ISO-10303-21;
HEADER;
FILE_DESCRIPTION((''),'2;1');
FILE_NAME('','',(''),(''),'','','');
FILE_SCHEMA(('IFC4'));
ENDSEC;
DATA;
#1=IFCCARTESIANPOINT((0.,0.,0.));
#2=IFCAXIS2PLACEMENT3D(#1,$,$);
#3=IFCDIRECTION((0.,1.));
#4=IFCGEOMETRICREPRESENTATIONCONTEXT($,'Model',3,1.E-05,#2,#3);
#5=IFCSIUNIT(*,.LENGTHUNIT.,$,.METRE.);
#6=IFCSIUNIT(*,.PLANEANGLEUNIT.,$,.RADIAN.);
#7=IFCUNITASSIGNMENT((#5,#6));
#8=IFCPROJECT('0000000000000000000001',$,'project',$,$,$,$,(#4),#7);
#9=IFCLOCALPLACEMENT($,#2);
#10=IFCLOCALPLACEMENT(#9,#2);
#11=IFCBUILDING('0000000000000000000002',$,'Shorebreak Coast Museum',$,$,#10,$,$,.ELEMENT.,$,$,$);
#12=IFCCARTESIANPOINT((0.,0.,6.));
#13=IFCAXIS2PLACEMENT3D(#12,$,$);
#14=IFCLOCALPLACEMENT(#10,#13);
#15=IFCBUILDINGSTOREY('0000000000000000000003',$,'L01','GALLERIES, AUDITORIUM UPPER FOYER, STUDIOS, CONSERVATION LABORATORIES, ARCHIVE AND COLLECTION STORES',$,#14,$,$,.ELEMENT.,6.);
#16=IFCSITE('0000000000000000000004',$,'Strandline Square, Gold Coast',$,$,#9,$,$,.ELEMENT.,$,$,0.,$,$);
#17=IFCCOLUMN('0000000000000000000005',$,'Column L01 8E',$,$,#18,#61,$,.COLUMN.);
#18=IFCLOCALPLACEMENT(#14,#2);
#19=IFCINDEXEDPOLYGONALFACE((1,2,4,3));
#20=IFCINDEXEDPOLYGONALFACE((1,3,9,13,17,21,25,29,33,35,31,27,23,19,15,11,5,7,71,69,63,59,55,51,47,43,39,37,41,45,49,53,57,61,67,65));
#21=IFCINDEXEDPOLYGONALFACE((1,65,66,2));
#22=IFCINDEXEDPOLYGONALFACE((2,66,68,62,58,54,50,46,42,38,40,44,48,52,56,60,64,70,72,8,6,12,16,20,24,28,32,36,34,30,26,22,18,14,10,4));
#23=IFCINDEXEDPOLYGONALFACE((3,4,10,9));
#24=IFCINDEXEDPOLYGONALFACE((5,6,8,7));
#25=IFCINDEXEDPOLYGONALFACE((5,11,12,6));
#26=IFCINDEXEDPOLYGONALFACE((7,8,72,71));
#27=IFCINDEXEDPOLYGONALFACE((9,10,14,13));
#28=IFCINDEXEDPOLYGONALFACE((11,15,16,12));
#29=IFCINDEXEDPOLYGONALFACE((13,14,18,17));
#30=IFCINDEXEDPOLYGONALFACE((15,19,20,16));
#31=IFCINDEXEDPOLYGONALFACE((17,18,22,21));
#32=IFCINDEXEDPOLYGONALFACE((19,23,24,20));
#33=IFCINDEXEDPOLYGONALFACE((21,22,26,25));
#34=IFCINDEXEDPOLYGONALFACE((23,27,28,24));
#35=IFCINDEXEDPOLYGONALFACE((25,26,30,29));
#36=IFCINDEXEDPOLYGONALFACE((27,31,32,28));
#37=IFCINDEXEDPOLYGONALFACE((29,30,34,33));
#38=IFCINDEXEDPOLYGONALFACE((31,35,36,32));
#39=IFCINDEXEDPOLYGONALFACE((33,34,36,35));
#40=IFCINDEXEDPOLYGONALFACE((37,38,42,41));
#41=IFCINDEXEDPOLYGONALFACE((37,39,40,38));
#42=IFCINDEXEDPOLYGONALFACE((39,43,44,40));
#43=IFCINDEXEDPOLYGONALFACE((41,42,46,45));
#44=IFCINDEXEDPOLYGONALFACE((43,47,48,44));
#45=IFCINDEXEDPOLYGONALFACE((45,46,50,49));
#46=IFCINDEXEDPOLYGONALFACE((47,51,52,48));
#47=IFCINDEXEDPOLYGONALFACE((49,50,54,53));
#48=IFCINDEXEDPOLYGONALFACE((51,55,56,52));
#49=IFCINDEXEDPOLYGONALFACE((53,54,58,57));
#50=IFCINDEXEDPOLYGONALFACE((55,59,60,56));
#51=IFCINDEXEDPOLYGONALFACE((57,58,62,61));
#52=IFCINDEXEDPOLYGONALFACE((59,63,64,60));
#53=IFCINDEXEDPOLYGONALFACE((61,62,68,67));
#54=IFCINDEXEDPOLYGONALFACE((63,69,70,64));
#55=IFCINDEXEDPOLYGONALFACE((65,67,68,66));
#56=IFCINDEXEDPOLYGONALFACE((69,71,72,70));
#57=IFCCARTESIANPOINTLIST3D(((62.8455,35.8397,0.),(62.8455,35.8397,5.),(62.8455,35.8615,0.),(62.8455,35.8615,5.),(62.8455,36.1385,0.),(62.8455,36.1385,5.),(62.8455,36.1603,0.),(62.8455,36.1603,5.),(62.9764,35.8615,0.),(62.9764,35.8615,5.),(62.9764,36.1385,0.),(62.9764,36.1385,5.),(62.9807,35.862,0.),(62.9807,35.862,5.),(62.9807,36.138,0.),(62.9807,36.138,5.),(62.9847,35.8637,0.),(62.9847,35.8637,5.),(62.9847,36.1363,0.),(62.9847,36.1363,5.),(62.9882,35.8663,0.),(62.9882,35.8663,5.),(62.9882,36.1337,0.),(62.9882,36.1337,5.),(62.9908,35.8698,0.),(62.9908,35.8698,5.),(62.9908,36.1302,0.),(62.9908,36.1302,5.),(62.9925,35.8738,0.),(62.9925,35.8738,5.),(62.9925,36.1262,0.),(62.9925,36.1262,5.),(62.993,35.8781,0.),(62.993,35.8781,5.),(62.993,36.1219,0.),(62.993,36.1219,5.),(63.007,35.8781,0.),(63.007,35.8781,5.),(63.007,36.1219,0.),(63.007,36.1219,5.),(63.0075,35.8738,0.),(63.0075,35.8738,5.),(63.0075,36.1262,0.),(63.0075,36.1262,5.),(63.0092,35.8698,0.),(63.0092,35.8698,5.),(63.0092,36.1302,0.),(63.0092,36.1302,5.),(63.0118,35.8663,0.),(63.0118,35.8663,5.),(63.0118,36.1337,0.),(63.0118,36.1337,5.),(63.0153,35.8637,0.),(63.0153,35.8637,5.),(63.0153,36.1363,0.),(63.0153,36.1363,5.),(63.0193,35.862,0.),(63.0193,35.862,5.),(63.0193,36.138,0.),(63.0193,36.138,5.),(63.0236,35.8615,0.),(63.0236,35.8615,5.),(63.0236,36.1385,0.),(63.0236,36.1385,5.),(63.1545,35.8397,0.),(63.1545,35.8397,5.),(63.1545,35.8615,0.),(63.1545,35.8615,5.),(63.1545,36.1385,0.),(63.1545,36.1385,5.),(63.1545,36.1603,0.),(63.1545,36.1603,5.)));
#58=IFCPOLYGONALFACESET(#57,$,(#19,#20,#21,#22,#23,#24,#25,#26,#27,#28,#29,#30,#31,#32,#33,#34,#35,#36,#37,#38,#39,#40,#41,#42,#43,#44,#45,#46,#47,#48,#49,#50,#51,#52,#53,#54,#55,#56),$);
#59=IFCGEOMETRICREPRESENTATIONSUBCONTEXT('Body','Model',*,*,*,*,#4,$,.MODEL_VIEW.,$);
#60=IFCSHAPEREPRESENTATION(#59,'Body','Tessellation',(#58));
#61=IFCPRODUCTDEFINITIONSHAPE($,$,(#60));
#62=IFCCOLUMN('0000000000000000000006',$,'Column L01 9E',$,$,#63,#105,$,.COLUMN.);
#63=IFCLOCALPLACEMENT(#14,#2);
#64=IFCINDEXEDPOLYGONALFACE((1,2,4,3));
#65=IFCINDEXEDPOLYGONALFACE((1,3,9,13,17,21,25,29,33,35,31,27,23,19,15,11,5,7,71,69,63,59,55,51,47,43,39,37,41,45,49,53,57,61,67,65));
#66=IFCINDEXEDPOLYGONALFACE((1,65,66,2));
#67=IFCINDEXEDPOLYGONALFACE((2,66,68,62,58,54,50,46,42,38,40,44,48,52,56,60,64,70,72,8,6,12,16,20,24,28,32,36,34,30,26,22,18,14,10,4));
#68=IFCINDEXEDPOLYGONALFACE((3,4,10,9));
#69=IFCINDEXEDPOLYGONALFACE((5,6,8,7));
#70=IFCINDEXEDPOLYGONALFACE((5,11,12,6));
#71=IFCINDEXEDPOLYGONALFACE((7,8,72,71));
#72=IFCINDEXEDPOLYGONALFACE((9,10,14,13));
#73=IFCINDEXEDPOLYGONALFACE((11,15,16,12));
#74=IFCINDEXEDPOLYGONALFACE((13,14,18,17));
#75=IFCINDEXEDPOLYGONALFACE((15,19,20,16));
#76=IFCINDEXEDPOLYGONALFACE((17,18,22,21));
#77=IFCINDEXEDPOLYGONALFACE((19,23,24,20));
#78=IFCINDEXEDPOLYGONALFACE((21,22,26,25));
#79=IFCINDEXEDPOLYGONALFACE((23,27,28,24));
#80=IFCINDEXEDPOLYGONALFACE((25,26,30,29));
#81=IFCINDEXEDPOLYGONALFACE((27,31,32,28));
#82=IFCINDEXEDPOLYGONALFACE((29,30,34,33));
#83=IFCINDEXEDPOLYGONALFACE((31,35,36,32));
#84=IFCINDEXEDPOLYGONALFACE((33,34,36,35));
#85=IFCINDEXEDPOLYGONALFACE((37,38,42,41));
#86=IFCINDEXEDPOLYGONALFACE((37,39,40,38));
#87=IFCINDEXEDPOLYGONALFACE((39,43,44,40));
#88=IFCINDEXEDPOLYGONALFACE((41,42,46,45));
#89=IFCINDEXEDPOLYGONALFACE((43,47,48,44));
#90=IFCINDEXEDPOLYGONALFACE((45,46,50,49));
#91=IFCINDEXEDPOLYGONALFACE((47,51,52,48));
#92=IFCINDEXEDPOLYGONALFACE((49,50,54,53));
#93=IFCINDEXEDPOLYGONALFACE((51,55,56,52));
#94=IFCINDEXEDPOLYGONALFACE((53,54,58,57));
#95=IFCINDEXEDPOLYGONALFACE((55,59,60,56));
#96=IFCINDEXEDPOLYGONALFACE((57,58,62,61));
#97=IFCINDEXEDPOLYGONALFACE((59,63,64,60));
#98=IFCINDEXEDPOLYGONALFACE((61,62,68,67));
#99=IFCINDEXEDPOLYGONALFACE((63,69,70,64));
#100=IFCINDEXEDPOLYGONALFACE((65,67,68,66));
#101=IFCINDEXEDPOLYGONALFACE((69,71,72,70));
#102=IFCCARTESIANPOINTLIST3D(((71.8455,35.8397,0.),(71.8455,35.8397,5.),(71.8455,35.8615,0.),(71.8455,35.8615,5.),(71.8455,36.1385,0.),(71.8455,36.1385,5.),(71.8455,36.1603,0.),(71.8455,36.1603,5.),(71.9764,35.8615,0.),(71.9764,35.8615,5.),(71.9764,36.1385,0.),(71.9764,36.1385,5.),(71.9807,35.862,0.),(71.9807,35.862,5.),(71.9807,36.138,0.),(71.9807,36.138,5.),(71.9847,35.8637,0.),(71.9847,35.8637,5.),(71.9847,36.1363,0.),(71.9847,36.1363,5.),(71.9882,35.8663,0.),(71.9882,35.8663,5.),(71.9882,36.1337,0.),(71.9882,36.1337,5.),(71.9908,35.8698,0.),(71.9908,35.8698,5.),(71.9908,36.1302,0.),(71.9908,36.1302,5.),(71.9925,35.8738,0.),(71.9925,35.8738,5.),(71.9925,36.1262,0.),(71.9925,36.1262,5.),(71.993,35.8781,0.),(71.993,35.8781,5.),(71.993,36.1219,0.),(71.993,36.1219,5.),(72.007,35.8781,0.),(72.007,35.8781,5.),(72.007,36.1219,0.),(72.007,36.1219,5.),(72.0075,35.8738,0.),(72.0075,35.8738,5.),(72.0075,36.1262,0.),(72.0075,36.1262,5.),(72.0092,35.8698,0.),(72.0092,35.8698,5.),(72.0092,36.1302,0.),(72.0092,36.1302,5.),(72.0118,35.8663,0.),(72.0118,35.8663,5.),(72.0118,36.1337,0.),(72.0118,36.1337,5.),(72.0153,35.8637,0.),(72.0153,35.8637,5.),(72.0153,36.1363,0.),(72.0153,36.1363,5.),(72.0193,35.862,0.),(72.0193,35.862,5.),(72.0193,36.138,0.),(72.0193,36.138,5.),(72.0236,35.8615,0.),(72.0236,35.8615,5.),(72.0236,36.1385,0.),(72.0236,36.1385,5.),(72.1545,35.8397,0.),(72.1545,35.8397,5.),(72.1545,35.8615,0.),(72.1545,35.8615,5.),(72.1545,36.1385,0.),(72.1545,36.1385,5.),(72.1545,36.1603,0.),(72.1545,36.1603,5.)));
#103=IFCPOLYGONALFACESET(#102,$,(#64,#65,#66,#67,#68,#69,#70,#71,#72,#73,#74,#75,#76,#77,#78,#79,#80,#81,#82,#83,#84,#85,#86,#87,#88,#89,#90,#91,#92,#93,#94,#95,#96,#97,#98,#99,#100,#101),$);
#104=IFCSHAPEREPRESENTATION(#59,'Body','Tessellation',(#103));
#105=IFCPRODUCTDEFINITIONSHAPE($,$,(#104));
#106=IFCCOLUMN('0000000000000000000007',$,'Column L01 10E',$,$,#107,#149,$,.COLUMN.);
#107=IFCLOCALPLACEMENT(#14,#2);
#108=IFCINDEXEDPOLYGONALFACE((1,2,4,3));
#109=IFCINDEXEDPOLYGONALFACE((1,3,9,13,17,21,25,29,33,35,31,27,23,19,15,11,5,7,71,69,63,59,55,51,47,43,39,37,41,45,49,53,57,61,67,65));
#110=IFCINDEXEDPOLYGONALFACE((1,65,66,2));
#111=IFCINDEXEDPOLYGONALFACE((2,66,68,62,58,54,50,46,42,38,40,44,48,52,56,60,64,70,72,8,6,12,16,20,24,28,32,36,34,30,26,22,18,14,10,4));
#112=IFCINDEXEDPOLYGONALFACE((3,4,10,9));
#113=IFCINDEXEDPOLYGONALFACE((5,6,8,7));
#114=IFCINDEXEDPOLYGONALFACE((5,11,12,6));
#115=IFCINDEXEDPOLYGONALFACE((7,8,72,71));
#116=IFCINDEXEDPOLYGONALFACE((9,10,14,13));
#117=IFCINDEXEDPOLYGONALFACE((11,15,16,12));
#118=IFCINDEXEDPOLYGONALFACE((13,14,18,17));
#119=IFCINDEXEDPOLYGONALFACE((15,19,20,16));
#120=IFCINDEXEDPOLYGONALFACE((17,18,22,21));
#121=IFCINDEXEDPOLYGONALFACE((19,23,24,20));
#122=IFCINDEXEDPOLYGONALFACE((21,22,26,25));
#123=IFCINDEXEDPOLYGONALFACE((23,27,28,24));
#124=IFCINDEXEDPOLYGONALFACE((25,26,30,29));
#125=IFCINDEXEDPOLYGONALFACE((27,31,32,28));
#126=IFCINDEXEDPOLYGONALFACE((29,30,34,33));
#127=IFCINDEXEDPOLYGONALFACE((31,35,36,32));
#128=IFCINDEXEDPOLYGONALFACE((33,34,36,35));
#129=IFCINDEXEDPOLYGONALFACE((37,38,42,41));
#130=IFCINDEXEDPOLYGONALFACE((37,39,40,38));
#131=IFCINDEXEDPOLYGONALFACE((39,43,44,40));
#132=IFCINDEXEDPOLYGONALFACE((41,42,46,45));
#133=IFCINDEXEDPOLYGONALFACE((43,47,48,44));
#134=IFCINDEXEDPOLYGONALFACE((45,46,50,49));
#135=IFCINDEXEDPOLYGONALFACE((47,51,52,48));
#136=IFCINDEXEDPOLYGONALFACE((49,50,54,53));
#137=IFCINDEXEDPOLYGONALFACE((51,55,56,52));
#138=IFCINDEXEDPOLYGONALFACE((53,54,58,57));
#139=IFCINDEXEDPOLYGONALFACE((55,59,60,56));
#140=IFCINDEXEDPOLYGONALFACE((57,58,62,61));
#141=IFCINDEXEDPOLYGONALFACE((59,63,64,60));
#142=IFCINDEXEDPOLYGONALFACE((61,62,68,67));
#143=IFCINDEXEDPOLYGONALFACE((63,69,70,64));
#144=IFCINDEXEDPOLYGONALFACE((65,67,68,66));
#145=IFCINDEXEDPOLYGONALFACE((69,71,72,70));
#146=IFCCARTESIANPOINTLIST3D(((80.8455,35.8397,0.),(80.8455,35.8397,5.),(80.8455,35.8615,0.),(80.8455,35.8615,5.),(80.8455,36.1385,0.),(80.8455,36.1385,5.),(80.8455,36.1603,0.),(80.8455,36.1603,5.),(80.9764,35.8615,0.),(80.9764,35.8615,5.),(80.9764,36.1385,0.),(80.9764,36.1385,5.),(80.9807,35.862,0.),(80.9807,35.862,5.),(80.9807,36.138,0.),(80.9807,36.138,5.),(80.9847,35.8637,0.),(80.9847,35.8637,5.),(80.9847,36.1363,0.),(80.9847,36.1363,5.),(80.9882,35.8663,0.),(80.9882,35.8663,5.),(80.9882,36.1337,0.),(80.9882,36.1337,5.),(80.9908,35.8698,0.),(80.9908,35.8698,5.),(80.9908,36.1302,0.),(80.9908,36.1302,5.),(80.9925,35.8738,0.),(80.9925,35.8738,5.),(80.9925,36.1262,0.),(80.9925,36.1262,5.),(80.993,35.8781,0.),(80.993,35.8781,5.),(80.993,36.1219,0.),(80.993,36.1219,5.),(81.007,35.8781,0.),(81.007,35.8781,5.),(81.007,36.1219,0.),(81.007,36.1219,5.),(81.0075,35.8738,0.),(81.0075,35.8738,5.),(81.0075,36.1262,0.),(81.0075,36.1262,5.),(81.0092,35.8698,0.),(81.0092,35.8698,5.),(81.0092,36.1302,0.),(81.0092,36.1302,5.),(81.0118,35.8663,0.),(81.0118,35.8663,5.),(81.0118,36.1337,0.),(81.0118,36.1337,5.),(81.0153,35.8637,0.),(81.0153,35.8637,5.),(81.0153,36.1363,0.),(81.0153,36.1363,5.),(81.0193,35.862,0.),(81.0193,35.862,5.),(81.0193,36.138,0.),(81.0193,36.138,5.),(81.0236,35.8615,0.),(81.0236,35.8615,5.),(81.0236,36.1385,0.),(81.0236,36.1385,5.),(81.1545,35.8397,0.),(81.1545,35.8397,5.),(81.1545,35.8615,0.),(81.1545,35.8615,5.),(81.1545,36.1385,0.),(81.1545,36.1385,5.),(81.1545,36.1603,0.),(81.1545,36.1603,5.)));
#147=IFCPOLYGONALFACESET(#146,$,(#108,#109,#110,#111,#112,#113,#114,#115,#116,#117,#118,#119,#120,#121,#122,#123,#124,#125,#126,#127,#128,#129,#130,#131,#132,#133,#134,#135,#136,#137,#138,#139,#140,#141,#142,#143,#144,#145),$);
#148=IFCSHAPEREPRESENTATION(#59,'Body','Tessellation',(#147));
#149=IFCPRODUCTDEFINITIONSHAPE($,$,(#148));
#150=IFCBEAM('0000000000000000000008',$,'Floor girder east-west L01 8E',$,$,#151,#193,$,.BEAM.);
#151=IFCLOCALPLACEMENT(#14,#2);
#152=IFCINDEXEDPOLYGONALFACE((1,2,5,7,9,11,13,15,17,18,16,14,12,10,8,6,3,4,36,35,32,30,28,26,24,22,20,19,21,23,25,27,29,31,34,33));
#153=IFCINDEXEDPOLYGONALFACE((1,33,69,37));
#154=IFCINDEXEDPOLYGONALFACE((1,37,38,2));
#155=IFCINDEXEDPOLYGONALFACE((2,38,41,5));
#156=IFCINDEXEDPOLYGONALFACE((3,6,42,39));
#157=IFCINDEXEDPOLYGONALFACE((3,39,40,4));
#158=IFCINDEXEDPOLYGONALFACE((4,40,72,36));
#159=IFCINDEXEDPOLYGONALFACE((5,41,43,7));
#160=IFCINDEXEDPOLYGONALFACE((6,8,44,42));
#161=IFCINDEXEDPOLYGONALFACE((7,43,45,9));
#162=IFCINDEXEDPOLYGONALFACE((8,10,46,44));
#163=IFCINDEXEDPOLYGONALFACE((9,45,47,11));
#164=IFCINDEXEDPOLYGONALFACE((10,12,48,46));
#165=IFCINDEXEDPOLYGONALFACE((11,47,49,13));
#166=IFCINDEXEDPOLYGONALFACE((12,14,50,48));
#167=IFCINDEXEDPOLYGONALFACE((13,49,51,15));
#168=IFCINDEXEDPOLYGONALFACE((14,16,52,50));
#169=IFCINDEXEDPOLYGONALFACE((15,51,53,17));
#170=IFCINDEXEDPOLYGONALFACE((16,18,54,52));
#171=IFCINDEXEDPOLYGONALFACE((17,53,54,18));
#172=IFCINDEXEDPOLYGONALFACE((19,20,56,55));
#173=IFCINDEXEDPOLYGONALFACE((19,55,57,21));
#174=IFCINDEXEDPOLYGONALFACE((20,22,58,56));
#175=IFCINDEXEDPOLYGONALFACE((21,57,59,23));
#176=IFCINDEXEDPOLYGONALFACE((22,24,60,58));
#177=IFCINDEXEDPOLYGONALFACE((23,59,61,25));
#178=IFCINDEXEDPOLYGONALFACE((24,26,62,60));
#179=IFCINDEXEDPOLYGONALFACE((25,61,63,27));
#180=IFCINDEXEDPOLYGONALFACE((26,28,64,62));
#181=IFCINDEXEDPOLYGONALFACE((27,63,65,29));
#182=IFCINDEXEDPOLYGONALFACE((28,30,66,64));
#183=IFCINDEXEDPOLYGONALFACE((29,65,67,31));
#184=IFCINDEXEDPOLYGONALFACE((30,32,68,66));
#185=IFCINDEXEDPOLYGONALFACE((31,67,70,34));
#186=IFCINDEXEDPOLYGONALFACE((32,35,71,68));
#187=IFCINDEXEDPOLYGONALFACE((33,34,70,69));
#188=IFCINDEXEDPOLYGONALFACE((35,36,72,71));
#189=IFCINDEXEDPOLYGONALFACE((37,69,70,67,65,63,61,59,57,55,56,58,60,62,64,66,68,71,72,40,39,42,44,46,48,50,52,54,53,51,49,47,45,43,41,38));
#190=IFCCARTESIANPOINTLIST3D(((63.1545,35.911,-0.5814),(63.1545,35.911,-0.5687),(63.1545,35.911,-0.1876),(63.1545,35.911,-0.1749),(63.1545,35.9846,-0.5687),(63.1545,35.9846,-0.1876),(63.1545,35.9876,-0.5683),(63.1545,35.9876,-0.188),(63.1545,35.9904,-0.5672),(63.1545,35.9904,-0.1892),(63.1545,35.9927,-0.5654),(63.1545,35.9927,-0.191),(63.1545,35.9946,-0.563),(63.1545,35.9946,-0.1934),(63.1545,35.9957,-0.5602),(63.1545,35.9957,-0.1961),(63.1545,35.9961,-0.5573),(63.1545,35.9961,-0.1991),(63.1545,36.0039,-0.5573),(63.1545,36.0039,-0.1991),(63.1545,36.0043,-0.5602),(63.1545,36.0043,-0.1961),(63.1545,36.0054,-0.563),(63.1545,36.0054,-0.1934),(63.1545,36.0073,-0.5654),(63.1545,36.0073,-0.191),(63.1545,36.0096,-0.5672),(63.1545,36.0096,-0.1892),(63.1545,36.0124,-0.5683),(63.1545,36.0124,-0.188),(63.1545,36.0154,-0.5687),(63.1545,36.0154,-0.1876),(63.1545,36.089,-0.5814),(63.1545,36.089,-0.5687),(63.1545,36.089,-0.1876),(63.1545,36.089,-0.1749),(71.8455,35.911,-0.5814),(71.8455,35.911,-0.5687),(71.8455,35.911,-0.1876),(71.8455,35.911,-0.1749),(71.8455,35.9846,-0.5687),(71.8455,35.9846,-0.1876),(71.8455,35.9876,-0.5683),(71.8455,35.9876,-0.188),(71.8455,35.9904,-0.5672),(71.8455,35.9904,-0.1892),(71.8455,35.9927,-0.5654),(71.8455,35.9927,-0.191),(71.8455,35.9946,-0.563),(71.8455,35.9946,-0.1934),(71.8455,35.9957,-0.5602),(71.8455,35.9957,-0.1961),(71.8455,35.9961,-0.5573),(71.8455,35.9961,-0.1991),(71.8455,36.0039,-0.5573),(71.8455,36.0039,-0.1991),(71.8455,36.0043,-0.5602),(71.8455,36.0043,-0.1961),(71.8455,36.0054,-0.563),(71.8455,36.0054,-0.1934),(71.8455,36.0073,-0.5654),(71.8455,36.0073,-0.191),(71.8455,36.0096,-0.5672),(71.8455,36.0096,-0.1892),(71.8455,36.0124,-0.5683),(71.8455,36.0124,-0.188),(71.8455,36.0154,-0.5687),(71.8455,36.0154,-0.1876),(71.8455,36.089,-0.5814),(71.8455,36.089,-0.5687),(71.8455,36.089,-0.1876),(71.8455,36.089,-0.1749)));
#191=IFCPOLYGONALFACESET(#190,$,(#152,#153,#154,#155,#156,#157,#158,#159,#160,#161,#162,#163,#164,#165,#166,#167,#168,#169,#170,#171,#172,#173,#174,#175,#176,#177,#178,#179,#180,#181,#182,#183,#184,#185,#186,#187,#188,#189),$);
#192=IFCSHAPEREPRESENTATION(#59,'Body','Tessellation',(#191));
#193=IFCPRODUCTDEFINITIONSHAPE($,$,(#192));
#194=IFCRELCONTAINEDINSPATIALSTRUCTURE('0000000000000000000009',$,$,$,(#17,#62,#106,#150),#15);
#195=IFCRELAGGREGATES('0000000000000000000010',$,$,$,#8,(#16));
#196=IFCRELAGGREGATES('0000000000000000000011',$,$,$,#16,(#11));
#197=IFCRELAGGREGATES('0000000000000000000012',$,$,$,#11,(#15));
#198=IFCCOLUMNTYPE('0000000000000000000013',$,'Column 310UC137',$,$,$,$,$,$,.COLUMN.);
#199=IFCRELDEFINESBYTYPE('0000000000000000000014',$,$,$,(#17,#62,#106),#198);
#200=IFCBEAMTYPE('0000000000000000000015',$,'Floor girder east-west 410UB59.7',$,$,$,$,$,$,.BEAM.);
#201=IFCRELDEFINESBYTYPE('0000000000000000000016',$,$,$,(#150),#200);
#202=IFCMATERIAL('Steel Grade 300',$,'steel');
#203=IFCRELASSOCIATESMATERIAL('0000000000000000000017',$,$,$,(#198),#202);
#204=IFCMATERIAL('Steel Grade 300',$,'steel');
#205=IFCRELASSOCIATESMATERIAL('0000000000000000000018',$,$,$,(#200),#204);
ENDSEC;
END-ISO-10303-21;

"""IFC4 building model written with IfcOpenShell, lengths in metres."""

from ifc_helpers import new_model, si_unit, direction, frame, origin, origin_2d, place, context, subcontext, project, spatial, i_section, extrude, material, material_profile, profile_set, type_object, element, save


model = new_model("IFC4")

# Units and contexts
model_context = context("Model", 3, precision=1e-05, world=origin(), true_north=direction((0.0, 1.0)))
body_context = subcontext(model_context, "Body", "Model", "MODEL_VIEW")
ifc_project = project(units=[si_unit("LENGTHUNIT", "METRE"), si_unit("PLANEANGLEUNIT", "RADIAN")], contexts=[model_context])

# Site, building, storey
site_placement = place(None, origin())
site = spatial("IfcSite", under=ifc_project, at=site_placement, Name="Strandline Square, Gold Coast", CompositionType="ELEMENT", RefElevation=0.0)
building_placement = place(site_placement, origin())
building = spatial("IfcBuilding", under=site, at=building_placement, Name="Shorebreak Coast Museum", CompositionType="ELEMENT")
storey_placement = place(building_placement, frame((0.0, 0.0, 6.0)))
storey = spatial("IfcBuildingStorey", under=building, at=storey_placement, Name="L01", Description="GALLERIES, AUDITORIUM UPPER FOYER, STUDIOS, CONSERVATION LABORATORIES, ARCHIVE AND COLLECTION STORES", CompositionType="ELEMENT", Elevation=6.0)

# Columns
ifc_material_1 = material(Name="Steel Grade 300", Category="steel")
ifc_material_profile_1 = material_profile(ifc_material_1, i_section(OverallWidth=0.3091, OverallDepth=0.3206, WebThickness=0.0139, FlangeThickness=0.0217, FilletRadius=0.0166, at=origin_2d()), Name="310UC137")
ifc_profile_set_1 = profile_set([ifc_material_profile_1], Name="Steel Grade 300")
column_type = type_object("IfcColumnType", Name="Column 310UC137", PredefinedType="COLUMN", material=ifc_profile_set_1)
for number, where, z_axis, x_axis, name in (
    (1, (63.0, 36.0, 0.0), (0.0, 0.0, 1.0), (1.0, 0.0, 0.0), "Column L01 8E"),
    (2, (72.0, 36.0, 0.0), (0.0, 0.0, 1.0), (1.0, 0.0, 0.0), "Column L01 9E"),
    (3, (81.0, 36.0, 0.0), (0.0, 0.0, 1.0), (1.0, 0.0, 0.0), "Column L01 10E"),
):
    element("IfcColumn", number, at=place(storey_placement, frame(where, z_axis=z_axis, x_axis=x_axis)), inside=storey, type_object=column_type, Name=name, PredefinedType="COLUMN", context=body_context, shape_type="SweptSolid", body=[
        extrude(i_section(OverallWidth=0.3091, OverallDepth=0.3206, WebThickness=0.0139, FlangeThickness=0.0217, FilletRadius=0.0166, at=origin_2d()), origin(), (0.0, 0.0, 1.0), 5.0),
    ])

# Beam
ifc_material_2 = material(Name="Steel Grade 300", Category="steel")
ifc_material_profile_2 = material_profile(ifc_material_2, i_section(OverallWidth=0.178, OverallDepth=0.4065, WebThickness=0.0078, FlangeThickness=0.0127, FilletRadius=0.0115, at=origin_2d()), Name="410UB59.7")
ifc_profile_set_2 = profile_set([ifc_material_profile_2], Name="Steel Grade 300")
beam_type_1 = type_object("IfcBeamType", Name="Floor girder east-west 410UB59.7", PredefinedType="BEAM", material=ifc_profile_set_2)
for number, where, z_axis, x_axis, name in (
    (4, (63.1545, 36.0, -0.3782), (1.0, 0.0, 0.0), (0.0, 1.0, 0.0), "Floor girder east-west L01 8E"),
):
    element("IfcBeam", number, at=place(storey_placement, frame(where, z_axis=z_axis, x_axis=x_axis)), inside=storey, type_object=beam_type_1, Name=name, PredefinedType="BEAM", context=body_context, shape_type="SweptSolid", body=[
        extrude(i_section(OverallWidth=0.178, OverallDepth=0.4065, WebThickness=0.0078, FlangeThickness=0.0127, FilletRadius=0.0115, at=origin_2d()), origin(), (0.0, 0.0, 1.0), 8.6909),
    ])

save(model, "model.ifc")
